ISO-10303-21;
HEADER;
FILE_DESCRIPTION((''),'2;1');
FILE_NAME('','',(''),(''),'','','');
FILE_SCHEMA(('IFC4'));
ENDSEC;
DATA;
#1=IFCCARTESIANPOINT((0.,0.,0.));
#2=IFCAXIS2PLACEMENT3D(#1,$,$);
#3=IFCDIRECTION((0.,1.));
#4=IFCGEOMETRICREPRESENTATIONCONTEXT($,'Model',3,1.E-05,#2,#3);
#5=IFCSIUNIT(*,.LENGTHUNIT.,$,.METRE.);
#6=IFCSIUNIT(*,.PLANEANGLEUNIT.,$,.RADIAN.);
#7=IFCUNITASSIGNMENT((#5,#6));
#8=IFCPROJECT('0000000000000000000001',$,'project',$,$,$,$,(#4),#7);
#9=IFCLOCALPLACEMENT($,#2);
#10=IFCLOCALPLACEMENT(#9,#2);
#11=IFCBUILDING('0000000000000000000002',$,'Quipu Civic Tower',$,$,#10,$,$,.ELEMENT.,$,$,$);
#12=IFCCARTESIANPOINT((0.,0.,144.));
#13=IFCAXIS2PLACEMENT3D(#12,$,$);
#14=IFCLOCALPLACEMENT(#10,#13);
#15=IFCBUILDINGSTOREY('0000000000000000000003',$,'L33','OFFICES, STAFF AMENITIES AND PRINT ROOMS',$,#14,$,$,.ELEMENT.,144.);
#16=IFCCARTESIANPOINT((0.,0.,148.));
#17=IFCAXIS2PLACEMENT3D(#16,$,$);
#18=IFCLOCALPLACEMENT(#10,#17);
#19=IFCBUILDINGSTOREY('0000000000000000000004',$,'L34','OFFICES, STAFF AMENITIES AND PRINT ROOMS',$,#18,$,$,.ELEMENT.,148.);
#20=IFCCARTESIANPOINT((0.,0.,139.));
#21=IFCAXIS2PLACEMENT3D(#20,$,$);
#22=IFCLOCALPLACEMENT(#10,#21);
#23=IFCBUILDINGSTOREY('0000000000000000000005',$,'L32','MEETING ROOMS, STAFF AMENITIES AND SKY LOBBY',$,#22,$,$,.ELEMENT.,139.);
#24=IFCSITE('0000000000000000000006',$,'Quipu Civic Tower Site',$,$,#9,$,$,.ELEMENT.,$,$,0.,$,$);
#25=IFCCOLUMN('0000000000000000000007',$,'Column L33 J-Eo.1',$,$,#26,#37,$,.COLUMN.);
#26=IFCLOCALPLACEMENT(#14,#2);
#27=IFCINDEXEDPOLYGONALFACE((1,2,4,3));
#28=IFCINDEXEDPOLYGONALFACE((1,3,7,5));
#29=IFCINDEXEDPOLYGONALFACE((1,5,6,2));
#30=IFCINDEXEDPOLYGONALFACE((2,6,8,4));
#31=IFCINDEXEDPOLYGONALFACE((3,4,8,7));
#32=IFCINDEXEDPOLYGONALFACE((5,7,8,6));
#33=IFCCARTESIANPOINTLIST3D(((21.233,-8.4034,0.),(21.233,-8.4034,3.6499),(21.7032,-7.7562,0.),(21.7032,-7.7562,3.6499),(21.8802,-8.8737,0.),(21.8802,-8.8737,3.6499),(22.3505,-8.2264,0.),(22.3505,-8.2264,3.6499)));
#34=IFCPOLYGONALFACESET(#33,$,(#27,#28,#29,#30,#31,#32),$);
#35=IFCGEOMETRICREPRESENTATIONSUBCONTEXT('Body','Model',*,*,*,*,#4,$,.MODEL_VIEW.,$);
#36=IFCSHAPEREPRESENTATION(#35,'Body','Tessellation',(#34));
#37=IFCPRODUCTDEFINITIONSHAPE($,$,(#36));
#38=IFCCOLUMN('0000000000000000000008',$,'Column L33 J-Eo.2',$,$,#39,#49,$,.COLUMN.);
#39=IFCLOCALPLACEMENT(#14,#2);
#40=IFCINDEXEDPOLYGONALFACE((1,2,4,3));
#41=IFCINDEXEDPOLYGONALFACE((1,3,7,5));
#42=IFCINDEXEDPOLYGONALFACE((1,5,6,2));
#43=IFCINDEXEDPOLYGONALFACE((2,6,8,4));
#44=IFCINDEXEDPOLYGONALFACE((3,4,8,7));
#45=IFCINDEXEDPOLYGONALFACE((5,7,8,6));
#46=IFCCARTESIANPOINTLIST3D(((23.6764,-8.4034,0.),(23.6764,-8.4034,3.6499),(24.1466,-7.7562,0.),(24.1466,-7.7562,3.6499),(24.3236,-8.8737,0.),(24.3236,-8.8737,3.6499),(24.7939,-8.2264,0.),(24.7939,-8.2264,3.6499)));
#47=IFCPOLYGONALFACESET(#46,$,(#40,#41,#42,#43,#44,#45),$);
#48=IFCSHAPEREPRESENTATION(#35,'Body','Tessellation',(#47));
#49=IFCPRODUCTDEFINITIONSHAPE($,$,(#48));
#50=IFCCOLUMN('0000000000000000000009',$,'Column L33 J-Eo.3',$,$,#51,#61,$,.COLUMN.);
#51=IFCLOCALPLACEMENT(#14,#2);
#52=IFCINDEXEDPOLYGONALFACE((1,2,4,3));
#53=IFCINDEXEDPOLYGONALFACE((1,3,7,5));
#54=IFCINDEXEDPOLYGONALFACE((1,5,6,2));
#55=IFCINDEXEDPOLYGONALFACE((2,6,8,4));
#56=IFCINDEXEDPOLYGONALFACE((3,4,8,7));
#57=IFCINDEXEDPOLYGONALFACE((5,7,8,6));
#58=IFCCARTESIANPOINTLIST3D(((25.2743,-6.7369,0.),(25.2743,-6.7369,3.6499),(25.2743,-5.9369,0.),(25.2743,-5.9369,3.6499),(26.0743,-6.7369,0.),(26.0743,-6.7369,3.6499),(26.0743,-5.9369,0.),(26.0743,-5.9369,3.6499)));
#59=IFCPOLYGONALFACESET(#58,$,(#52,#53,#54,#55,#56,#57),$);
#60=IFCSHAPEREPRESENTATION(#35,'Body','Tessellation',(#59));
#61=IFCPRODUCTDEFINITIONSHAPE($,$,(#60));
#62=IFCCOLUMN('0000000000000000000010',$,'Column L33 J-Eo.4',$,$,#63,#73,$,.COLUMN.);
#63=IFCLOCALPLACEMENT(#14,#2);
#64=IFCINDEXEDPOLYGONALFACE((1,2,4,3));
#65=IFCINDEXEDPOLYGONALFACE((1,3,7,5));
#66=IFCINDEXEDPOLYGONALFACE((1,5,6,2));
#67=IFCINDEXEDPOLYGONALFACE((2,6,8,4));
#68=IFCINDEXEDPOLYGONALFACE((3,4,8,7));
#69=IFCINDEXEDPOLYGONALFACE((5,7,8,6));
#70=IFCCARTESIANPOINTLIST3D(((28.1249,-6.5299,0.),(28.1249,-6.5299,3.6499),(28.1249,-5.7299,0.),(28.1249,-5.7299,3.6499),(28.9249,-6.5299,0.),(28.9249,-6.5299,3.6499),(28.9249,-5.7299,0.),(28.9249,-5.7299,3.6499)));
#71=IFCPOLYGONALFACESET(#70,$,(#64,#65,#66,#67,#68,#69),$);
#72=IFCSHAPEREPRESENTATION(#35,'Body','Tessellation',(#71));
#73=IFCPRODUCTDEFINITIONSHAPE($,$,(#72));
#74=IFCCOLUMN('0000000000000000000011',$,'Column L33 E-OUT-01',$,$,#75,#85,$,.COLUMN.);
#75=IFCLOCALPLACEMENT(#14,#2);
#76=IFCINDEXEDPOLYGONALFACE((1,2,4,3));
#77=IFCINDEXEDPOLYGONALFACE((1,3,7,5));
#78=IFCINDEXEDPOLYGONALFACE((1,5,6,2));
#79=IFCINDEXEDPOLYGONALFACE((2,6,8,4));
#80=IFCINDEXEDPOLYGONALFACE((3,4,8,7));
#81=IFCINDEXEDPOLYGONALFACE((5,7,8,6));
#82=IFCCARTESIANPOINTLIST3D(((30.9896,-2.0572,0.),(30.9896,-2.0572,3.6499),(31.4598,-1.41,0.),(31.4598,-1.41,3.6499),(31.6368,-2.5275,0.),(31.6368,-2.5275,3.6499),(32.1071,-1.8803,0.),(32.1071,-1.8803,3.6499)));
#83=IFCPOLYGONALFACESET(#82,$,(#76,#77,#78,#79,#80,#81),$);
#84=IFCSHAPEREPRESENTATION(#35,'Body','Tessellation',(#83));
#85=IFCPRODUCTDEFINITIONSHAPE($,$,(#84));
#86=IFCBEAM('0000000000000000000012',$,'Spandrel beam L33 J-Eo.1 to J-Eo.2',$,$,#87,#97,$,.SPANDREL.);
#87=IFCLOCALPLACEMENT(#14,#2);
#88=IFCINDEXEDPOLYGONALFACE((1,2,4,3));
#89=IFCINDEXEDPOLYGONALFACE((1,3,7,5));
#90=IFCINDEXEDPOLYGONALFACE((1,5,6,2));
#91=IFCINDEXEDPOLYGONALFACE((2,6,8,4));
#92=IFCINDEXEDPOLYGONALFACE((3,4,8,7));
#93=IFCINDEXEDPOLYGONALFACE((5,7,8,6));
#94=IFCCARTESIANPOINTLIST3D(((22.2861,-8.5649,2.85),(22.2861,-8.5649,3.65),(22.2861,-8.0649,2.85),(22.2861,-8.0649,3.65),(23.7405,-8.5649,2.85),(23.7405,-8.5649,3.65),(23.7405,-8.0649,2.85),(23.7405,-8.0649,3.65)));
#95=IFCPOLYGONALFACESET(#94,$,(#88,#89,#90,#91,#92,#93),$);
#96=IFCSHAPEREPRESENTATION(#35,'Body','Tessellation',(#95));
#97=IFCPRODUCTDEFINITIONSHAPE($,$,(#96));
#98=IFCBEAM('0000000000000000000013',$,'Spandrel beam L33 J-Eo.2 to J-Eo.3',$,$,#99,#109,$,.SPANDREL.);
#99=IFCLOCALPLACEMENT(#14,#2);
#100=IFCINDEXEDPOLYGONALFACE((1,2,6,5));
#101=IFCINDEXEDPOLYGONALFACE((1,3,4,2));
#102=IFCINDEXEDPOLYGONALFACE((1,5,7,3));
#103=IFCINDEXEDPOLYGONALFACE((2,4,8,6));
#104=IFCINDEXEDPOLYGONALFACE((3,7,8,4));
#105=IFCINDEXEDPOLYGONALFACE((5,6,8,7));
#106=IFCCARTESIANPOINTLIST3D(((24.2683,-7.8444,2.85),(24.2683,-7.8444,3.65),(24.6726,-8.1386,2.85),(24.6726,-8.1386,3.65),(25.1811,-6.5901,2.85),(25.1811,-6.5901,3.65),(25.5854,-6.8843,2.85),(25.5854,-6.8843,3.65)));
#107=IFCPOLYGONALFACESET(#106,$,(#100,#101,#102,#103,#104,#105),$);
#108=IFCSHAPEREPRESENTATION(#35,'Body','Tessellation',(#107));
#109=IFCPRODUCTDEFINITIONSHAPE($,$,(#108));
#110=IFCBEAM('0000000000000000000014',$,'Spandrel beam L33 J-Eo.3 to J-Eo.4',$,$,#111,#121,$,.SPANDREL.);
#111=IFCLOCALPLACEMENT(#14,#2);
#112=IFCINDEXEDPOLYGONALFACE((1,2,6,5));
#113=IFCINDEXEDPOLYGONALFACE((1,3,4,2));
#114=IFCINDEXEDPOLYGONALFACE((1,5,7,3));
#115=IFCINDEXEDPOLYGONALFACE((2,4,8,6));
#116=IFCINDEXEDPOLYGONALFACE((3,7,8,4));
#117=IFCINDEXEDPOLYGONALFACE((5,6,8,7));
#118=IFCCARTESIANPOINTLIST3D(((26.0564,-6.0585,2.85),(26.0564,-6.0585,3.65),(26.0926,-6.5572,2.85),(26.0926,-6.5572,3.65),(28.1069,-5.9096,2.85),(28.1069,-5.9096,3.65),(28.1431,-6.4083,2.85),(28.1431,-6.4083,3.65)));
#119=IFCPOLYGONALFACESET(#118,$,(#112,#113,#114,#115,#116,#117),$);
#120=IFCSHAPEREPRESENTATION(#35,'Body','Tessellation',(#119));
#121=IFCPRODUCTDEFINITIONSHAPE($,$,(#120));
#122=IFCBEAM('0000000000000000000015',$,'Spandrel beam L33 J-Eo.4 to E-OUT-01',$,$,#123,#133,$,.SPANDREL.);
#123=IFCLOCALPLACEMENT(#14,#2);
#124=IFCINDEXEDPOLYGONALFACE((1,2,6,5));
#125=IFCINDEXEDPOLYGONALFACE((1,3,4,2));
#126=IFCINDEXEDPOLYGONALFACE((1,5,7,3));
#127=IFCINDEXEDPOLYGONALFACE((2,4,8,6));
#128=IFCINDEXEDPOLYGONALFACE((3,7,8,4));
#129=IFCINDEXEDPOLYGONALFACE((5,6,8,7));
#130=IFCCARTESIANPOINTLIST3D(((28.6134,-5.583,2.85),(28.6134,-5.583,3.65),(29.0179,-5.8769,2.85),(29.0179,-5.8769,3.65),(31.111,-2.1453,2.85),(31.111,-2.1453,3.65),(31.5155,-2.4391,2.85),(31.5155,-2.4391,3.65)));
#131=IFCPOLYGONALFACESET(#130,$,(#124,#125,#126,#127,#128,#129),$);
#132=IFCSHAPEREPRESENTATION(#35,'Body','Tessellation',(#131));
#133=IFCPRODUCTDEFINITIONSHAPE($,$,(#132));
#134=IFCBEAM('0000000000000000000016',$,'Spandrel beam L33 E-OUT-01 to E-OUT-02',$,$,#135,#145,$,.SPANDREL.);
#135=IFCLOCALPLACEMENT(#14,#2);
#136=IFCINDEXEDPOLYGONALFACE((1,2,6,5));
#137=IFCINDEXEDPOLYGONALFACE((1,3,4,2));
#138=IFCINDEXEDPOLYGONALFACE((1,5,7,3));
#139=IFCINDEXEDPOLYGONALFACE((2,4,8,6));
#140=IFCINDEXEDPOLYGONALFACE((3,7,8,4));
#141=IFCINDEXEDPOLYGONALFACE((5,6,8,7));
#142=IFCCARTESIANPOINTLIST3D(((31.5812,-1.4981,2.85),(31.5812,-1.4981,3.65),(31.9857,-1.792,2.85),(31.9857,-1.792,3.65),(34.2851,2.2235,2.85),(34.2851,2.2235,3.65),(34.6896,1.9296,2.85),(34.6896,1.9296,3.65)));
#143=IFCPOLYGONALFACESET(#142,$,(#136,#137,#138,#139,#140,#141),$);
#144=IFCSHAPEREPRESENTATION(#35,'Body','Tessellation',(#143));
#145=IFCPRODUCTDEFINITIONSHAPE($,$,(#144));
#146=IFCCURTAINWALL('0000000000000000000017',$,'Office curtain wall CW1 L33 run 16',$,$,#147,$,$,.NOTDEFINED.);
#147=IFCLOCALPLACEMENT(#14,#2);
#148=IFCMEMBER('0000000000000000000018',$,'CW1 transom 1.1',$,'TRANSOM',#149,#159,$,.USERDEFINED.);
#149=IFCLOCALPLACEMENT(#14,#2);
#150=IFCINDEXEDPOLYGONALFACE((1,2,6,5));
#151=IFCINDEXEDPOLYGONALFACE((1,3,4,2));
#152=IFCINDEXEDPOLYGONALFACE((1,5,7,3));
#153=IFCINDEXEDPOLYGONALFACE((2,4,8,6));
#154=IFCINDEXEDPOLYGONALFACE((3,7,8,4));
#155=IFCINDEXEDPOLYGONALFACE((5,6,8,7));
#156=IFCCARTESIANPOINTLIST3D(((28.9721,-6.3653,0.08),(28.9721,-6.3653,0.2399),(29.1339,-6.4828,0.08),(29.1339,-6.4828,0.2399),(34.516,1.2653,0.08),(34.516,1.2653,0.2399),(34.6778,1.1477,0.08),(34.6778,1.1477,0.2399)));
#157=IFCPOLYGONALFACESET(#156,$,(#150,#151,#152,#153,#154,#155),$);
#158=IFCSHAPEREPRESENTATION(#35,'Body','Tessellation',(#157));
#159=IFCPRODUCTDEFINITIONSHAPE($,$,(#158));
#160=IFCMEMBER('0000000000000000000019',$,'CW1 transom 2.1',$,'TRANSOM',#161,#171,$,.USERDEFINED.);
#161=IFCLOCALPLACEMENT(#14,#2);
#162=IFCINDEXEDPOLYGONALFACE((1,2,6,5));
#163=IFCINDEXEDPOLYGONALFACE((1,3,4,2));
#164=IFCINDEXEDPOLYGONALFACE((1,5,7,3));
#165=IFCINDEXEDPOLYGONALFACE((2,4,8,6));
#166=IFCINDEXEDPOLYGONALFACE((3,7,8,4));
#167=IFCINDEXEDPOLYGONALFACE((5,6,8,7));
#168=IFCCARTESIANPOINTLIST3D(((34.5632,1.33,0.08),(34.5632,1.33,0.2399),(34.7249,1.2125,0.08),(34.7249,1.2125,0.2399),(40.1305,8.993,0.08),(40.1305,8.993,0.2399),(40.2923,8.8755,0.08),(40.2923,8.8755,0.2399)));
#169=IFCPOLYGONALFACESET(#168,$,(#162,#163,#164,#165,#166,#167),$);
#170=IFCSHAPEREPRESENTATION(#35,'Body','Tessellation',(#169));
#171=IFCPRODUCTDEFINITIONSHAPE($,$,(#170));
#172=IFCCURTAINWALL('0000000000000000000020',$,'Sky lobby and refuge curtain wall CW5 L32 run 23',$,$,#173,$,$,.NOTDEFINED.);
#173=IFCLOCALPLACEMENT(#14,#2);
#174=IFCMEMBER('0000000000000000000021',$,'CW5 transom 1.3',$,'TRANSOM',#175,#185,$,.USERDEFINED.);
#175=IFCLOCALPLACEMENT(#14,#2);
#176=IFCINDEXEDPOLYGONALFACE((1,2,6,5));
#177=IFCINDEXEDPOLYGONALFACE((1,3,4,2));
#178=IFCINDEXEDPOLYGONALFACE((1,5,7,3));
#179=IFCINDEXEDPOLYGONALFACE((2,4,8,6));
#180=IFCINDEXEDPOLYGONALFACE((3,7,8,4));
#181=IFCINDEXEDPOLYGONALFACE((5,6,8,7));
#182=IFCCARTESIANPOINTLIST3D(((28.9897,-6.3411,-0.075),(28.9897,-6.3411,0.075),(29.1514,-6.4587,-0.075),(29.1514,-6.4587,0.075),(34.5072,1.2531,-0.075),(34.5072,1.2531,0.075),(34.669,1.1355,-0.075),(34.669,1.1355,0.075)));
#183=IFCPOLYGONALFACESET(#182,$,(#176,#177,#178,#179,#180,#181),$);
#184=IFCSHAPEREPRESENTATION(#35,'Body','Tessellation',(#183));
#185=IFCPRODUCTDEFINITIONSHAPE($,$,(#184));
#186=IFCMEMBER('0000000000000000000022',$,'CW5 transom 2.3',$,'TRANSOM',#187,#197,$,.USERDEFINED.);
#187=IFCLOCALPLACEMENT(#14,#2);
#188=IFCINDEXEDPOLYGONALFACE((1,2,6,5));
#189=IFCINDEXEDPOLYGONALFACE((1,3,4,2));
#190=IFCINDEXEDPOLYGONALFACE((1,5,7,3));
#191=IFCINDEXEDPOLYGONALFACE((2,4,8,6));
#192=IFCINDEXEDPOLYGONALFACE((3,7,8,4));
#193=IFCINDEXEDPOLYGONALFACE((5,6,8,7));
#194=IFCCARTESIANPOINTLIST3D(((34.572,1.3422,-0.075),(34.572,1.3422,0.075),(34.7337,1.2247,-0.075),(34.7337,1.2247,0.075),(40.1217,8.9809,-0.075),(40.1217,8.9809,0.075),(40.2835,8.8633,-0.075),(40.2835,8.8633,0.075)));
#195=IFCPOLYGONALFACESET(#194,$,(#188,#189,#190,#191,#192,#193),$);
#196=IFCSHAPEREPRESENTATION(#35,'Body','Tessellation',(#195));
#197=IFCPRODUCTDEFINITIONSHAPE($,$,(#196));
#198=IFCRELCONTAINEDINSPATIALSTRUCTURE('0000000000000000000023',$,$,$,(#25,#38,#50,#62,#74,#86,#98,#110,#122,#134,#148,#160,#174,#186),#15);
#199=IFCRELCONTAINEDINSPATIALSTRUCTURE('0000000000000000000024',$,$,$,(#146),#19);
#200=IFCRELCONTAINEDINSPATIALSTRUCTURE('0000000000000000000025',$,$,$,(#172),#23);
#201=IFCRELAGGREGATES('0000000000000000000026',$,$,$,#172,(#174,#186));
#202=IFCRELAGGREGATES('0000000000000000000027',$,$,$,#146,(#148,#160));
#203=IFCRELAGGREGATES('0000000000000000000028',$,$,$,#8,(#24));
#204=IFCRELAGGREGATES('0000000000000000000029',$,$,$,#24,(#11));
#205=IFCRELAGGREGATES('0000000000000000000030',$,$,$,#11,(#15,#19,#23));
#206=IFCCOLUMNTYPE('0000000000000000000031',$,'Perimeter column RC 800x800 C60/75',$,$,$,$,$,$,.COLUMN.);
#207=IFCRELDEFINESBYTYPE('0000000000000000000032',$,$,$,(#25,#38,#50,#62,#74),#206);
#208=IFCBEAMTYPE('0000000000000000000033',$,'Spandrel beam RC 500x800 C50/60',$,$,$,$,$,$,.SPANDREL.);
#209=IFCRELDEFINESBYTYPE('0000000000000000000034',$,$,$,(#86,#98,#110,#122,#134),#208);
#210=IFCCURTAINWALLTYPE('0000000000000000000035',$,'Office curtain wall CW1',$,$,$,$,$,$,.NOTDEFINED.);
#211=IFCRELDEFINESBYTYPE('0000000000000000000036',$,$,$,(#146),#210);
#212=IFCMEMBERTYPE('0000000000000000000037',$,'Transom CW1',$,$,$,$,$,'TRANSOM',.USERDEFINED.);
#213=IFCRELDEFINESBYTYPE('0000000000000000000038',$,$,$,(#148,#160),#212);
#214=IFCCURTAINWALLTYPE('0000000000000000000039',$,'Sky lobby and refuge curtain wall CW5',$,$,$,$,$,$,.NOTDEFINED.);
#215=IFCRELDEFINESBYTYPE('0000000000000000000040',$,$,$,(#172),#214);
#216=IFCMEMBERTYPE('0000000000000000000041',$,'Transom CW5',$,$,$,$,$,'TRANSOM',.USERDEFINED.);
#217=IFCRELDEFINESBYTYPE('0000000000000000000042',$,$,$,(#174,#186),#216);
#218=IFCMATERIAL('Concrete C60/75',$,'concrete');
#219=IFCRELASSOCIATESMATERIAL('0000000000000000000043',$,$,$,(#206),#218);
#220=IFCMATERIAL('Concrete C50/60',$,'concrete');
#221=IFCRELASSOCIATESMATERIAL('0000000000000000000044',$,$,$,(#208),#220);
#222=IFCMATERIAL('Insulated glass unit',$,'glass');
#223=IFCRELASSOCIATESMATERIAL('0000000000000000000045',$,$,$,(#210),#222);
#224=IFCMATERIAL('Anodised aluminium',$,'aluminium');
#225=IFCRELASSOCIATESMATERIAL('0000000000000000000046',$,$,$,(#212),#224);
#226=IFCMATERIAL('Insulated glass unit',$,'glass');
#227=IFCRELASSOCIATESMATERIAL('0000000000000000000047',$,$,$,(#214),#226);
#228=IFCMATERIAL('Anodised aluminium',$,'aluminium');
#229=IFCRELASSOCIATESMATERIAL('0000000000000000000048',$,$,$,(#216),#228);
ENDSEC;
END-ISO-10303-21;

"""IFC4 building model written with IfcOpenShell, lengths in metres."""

from ifc_helpers import new_model, si_unit, direction, frame, origin, origin_2d, place, context, subcontext, project, spatial, rectangle, extrude, material, material_profile, profile_set, type_object, element, aggregate, save


model = new_model("IFC4")

# Units and contexts
model_context = context("Model", 3, precision=1e-05, world=origin(), true_north=direction((0.0, 1.0)))
body_context = subcontext(model_context, "Body", "Model", "MODEL_VIEW")
ifc_project = project(units=[si_unit("LENGTHUNIT", "METRE"), si_unit("PLANEANGLEUNIT", "RADIAN")], contexts=[model_context])

# Site, building, storey
site_placement = place(None, origin())
site = spatial("IfcSite", under=ifc_project, at=site_placement, Name="Quipu Civic Tower Site", CompositionType="ELEMENT", RefElevation=0.0)
building_placement = place(site_placement, origin())
building = spatial("IfcBuilding", under=site, at=building_placement, Name="Quipu Civic Tower", CompositionType="ELEMENT")
storey_1_placement = place(building_placement, frame((0.0, 0.0, 144.0)))
storey_1 = spatial("IfcBuildingStorey", under=building, at=storey_1_placement, Name="L33", Description="OFFICES, STAFF AMENITIES AND PRINT ROOMS", CompositionType="ELEMENT", Elevation=144.0)

# Columns
ifc_material_1 = material(Name="Concrete C60/75", Category="concrete")
ifc_material_profile_1 = material_profile(ifc_material_1, rectangle(XDim=0.8, YDim=0.8, at=origin_2d()), Name="RC800x800")
ifc_profile_set_1 = profile_set([ifc_material_profile_1], Name="Concrete C60/75")
column_type = type_object("IfcColumnType", Name="Perimeter column RC 800x800 C60/75", PredefinedType="COLUMN", material=ifc_profile_set_1)
for number, where, z_axis, x_axis, name in (
    (1, (21.7917, -8.3149, 0.0), (0.0, 0.0, 1.0), (0.587785, 0.809017, 0.0), "Column L33 J-Eo.1"),
    (2, (24.2351, -8.3149, 0.0), (0.0, 0.0, 1.0), (0.587785, 0.809017, 0.0), "Column L33 J-Eo.2"),
    (3, (25.6743, -6.3369, 0.0), (0.0, 0.0, 1.0), (1.0, 0.0, 0.0), "Column L33 J-Eo.3"),
    (4, (28.5249, -6.1299, 0.0), (0.0, 0.0, 1.0), (1.0, 0.0, 0.0), "Column L33 J-Eo.4"),
    (5, (31.5483, -1.9688, 0.0), (0.0, 0.0, 1.0), (0.587785, 0.809017, 0.0), "Column L33 E-OUT-01"),
):
    element("IfcColumn", number, at=place(storey_1_placement, frame(where, z_axis=z_axis, x_axis=x_axis)), inside=storey_1, type_object=column_type, Name=name, PredefinedType="COLUMN", context=body_context, shape_type="SweptSolid", body=[
        extrude(rectangle(XDim=0.8, YDim=0.8, at=origin_2d()), origin(), (0.0, 0.0, 1.0), 3.6499),
    ])

# Beams
ifc_material_2 = material(Name="Concrete C50/60", Category="concrete")
ifc_material_profile_2 = material_profile(ifc_material_2, rectangle(XDim=0.5, YDim=0.8, at=origin_2d()), Name="RC500x800")
ifc_profile_set_2 = profile_set([ifc_material_profile_2], Name="Concrete C50/60")
beam_type = type_object("IfcBeamType", Name="Spandrel beam RC 500x800 C50/60", PredefinedType="SPANDREL", material=ifc_profile_set_2)
beam_1_placement = place(storey_1_placement, frame((22.2861, -8.3149, 3.25), z_axis=(1.0, 0.0, 0.0), x_axis=(0.0, 1.0, 0.0)))
element("IfcBeam", 6, at=beam_1_placement, inside=storey_1, type_object=beam_type, Name="Spandrel beam L33 J-Eo.1 to J-Eo.2", PredefinedType="SPANDREL", context=body_context, shape_type="SweptSolid", body=[
    extrude(rectangle(XDim=0.5, YDim=0.8, at=origin_2d()), origin(), (0.0, 0.0, 1.0), 1.4543),
])
beam_2_placement = place(storey_1_placement, frame((24.4705, -7.9915, 3.25), z_axis=(0.588406, 0.808566, 0.0), x_axis=(-0.808566, 0.588406, 0.0)))
element("IfcBeam", 7, at=beam_2_placement, inside=storey_1, type_object=beam_type, Name="Spandrel beam L33 J-Eo.2 to J-Eo.3", PredefinedType="SPANDREL", context=body_context, shape_type="SweptSolid", body=[
    extrude(rectangle(XDim=0.5, YDim=0.8, at=origin_2d()), origin(), (0.0, 0.0, 1.0), 1.5513),
])
beam_3_placement = place(storey_1_placement, frame((26.0745, -6.3079, 3.25), z_axis=(0.997373, 0.072437, 0.0), x_axis=(-0.072437, 0.997373, 0.0)))
element("IfcBeam", 8, at=beam_3_placement, inside=storey_1, type_object=beam_type, Name="Spandrel beam L33 J-Eo.3 to J-Eo.4", PredefinedType="SPANDREL", context=body_context, shape_type="SweptSolid", body=[
    extrude(rectangle(XDim=0.5, YDim=0.8, at=origin_2d()), origin(), (0.0, 0.0, 1.0), 2.0559),
])
beam_4_placement = place(storey_1_placement, frame((28.8157, -5.73, 3.25), z_axis=(0.587769, 0.809029, 0.0), x_axis=(-0.809029, 0.587769, 0.0)))
element("IfcBeam", 9, at=beam_4_placement, inside=storey_1, type_object=beam_type, Name="Spandrel beam L33 J-Eo.4 to E-OUT-01", PredefinedType="SPANDREL", context=body_context, shape_type="SweptSolid", body=[
    extrude(rectangle(XDim=0.5, YDim=0.8, at=origin_2d()), origin(), (0.0, 0.0, 1.0), 4.2493),
])
beam_5_placement = place(storey_1_placement, frame((31.7834, -1.645, 3.25), z_axis=(0.587796, 0.809009, 0.0), x_axis=(-0.809009, 0.587796, 0.0)))
element("IfcBeam", 10, at=beam_5_placement, inside=storey_1, type_object=beam_type, Name="Spandrel beam L33 E-OUT-01 to E-OUT-02", PredefinedType="SPANDREL", context=body_context, shape_type="SweptSolid", body=[
    extrude(rectangle(XDim=0.5, YDim=0.8, at=origin_2d()), origin(), (0.0, 0.0, 1.0), 4.6001),
])

# Shared definitions
storey_2_placement = place(building_placement, frame((0.0, 0.0, 148.0)))
storey_2 = spatial("IfcBuildingStorey", under=building, at=storey_2_placement, Name="L34", Description="OFFICES, STAFF AMENITIES AND PRINT ROOMS", CompositionType="ELEMENT", Elevation=148.0)

# Curtain wall, members
ifc_material_3 = material(Name="Insulated glass unit", Category="glass")
curtain_wall_type_1 = type_object("IfcCurtainWallType", Name="Office curtain wall CW1", PredefinedType="NOTDEFINED", material=ifc_material_3)
curtain_wall_1_placement = place(storey_2_placement, origin())
curtain_wall_1 = element("IfcCurtainWall", 11, at=curtain_wall_1_placement, inside=storey_2, type_object=curtain_wall_type_1, Name="Office curtain wall CW1 L33 run 16", PredefinedType="NOTDEFINED")
ifc_material_4 = material(Name="Anodised aluminium", Category="aluminium")
ifc_material_profile_3 = material_profile(ifc_material_4, rectangle(XDim=0.2, YDim=0.1599, at=origin_2d()), Name="RECT 200x160")
ifc_profile_set_3 = profile_set([ifc_material_profile_3], Name="Anodised aluminium")
member_type_1 = type_object("IfcMemberType", Name="Transom CW1", ElementType="TRANSOM", PredefinedType="USERDEFINED", material=ifc_profile_set_3)
member_1_placement = place(storey_1_placement, frame((29.053, -6.4241, 0.1599), z_axis=(0.587784, 0.809018, 0.0), x_axis=(-0.809018, 0.587784, 0.0)))
member_1 = element("IfcMember", 12, at=member_1_placement, inside=storey_1, type_object=member_type_1, Name="CW1 transom 1.1", ObjectType="TRANSOM", PredefinedType="USERDEFINED", context=body_context, shape_type="SweptSolid", body=[
    extrude(rectangle(XDim=0.2, YDim=0.1599, at=origin_2d()), origin(), (0.0, 0.0, 1.0), 9.4319),
])
member_2_placement = place(storey_1_placement, frame((34.644, 1.2712, 0.1599), z_axis=(0.587773, 0.809026, 0.0), x_axis=(-0.809026, 0.587773, 0.0)))
member_2 = element("IfcMember", 13, at=member_2_placement, inside=storey_1, type_object=member_type_1, Name="CW1 transom 2.1", ObjectType="TRANSOM", PredefinedType="USERDEFINED", context=body_context, shape_type="SweptSolid", body=[
    extrude(rectangle(XDim=0.2, YDim=0.1599, at=origin_2d()), origin(), (0.0, 0.0, 1.0), 9.4719),
])

# Shared definitions
storey_3_placement = place(building_placement, frame((0.0, 0.0, 139.0)))
storey_3 = spatial("IfcBuildingStorey", under=building, at=storey_3_placement, Name="L32", Description="MEETING ROOMS, STAFF AMENITIES AND SKY LOBBY", CompositionType="ELEMENT", Elevation=139.0)

# Curtain wall, members
ifc_material_5 = material(Name="Insulated glass unit", Category="glass")
curtain_wall_type_2 = type_object("IfcCurtainWallType", Name="Sky lobby and refuge curtain wall CW5", PredefinedType="NOTDEFINED", material=ifc_material_5)
curtain_wall_2_placement = place(storey_3_placement, origin())
curtain_wall_2 = element("IfcCurtainWall", 14, at=curtain_wall_2_placement, inside=storey_3, type_object=curtain_wall_type_2, Name="Sky lobby and refuge curtain wall CW5 L32 run 23", PredefinedType="NOTDEFINED")
ifc_material_6 = material(Name="Anodised aluminium", Category="aluminium")
ifc_material_profile_4 = material_profile(ifc_material_6, rectangle(XDim=0.2, YDim=0.1499, at=origin_2d()), Name="RECT 200x150")
ifc_profile_set_4 = profile_set([ifc_material_profile_4], Name="Anodised aluminium")
member_type_2 = type_object("IfcMemberType", Name="Transom CW5", ElementType="TRANSOM", PredefinedType="USERDEFINED", material=ifc_profile_set_4)
member_3_placement = place(storey_1_placement, frame((29.0706, -6.3999, 0.0), z_axis=(0.587788, 0.809015, 0.0), x_axis=(-0.809015, 0.587788, 0.0)))
member_3 = element("IfcMember", 15, at=member_3_placement, inside=storey_1, type_object=member_type_2, Name="CW5 transom 1.3", ObjectType="TRANSOM", PredefinedType="USERDEFINED", context=body_context, shape_type="SweptSolid", body=[
    extrude(rectangle(XDim=0.2, YDim=0.1499, at=origin_2d()), origin(), (0.0, 0.0, 1.0), 9.387),
])
member_4_placement = place(storey_1_placement, frame((34.6528, 1.2834, 0.0), z_axis=(0.587784, 0.809018, 0.0), x_axis=(-0.809018, 0.587784, 0.0)))
member_4 = element("IfcMember", 16, at=member_4_placement, inside=storey_1, type_object=member_type_2, Name="CW5 transom 2.3", ObjectType="TRANSOM", PredefinedType="USERDEFINED", context=body_context, shape_type="SweptSolid", body=[
    extrude(rectangle(XDim=0.2, YDim=0.1499, at=origin_2d()), origin(), (0.0, 0.0, 1.0), 9.4419),
])
aggregate(curtain_wall_2, [member_3, member_4])

aggregate(curtain_wall_1, [member_1, member_2])

save(model, "model.ifc")
